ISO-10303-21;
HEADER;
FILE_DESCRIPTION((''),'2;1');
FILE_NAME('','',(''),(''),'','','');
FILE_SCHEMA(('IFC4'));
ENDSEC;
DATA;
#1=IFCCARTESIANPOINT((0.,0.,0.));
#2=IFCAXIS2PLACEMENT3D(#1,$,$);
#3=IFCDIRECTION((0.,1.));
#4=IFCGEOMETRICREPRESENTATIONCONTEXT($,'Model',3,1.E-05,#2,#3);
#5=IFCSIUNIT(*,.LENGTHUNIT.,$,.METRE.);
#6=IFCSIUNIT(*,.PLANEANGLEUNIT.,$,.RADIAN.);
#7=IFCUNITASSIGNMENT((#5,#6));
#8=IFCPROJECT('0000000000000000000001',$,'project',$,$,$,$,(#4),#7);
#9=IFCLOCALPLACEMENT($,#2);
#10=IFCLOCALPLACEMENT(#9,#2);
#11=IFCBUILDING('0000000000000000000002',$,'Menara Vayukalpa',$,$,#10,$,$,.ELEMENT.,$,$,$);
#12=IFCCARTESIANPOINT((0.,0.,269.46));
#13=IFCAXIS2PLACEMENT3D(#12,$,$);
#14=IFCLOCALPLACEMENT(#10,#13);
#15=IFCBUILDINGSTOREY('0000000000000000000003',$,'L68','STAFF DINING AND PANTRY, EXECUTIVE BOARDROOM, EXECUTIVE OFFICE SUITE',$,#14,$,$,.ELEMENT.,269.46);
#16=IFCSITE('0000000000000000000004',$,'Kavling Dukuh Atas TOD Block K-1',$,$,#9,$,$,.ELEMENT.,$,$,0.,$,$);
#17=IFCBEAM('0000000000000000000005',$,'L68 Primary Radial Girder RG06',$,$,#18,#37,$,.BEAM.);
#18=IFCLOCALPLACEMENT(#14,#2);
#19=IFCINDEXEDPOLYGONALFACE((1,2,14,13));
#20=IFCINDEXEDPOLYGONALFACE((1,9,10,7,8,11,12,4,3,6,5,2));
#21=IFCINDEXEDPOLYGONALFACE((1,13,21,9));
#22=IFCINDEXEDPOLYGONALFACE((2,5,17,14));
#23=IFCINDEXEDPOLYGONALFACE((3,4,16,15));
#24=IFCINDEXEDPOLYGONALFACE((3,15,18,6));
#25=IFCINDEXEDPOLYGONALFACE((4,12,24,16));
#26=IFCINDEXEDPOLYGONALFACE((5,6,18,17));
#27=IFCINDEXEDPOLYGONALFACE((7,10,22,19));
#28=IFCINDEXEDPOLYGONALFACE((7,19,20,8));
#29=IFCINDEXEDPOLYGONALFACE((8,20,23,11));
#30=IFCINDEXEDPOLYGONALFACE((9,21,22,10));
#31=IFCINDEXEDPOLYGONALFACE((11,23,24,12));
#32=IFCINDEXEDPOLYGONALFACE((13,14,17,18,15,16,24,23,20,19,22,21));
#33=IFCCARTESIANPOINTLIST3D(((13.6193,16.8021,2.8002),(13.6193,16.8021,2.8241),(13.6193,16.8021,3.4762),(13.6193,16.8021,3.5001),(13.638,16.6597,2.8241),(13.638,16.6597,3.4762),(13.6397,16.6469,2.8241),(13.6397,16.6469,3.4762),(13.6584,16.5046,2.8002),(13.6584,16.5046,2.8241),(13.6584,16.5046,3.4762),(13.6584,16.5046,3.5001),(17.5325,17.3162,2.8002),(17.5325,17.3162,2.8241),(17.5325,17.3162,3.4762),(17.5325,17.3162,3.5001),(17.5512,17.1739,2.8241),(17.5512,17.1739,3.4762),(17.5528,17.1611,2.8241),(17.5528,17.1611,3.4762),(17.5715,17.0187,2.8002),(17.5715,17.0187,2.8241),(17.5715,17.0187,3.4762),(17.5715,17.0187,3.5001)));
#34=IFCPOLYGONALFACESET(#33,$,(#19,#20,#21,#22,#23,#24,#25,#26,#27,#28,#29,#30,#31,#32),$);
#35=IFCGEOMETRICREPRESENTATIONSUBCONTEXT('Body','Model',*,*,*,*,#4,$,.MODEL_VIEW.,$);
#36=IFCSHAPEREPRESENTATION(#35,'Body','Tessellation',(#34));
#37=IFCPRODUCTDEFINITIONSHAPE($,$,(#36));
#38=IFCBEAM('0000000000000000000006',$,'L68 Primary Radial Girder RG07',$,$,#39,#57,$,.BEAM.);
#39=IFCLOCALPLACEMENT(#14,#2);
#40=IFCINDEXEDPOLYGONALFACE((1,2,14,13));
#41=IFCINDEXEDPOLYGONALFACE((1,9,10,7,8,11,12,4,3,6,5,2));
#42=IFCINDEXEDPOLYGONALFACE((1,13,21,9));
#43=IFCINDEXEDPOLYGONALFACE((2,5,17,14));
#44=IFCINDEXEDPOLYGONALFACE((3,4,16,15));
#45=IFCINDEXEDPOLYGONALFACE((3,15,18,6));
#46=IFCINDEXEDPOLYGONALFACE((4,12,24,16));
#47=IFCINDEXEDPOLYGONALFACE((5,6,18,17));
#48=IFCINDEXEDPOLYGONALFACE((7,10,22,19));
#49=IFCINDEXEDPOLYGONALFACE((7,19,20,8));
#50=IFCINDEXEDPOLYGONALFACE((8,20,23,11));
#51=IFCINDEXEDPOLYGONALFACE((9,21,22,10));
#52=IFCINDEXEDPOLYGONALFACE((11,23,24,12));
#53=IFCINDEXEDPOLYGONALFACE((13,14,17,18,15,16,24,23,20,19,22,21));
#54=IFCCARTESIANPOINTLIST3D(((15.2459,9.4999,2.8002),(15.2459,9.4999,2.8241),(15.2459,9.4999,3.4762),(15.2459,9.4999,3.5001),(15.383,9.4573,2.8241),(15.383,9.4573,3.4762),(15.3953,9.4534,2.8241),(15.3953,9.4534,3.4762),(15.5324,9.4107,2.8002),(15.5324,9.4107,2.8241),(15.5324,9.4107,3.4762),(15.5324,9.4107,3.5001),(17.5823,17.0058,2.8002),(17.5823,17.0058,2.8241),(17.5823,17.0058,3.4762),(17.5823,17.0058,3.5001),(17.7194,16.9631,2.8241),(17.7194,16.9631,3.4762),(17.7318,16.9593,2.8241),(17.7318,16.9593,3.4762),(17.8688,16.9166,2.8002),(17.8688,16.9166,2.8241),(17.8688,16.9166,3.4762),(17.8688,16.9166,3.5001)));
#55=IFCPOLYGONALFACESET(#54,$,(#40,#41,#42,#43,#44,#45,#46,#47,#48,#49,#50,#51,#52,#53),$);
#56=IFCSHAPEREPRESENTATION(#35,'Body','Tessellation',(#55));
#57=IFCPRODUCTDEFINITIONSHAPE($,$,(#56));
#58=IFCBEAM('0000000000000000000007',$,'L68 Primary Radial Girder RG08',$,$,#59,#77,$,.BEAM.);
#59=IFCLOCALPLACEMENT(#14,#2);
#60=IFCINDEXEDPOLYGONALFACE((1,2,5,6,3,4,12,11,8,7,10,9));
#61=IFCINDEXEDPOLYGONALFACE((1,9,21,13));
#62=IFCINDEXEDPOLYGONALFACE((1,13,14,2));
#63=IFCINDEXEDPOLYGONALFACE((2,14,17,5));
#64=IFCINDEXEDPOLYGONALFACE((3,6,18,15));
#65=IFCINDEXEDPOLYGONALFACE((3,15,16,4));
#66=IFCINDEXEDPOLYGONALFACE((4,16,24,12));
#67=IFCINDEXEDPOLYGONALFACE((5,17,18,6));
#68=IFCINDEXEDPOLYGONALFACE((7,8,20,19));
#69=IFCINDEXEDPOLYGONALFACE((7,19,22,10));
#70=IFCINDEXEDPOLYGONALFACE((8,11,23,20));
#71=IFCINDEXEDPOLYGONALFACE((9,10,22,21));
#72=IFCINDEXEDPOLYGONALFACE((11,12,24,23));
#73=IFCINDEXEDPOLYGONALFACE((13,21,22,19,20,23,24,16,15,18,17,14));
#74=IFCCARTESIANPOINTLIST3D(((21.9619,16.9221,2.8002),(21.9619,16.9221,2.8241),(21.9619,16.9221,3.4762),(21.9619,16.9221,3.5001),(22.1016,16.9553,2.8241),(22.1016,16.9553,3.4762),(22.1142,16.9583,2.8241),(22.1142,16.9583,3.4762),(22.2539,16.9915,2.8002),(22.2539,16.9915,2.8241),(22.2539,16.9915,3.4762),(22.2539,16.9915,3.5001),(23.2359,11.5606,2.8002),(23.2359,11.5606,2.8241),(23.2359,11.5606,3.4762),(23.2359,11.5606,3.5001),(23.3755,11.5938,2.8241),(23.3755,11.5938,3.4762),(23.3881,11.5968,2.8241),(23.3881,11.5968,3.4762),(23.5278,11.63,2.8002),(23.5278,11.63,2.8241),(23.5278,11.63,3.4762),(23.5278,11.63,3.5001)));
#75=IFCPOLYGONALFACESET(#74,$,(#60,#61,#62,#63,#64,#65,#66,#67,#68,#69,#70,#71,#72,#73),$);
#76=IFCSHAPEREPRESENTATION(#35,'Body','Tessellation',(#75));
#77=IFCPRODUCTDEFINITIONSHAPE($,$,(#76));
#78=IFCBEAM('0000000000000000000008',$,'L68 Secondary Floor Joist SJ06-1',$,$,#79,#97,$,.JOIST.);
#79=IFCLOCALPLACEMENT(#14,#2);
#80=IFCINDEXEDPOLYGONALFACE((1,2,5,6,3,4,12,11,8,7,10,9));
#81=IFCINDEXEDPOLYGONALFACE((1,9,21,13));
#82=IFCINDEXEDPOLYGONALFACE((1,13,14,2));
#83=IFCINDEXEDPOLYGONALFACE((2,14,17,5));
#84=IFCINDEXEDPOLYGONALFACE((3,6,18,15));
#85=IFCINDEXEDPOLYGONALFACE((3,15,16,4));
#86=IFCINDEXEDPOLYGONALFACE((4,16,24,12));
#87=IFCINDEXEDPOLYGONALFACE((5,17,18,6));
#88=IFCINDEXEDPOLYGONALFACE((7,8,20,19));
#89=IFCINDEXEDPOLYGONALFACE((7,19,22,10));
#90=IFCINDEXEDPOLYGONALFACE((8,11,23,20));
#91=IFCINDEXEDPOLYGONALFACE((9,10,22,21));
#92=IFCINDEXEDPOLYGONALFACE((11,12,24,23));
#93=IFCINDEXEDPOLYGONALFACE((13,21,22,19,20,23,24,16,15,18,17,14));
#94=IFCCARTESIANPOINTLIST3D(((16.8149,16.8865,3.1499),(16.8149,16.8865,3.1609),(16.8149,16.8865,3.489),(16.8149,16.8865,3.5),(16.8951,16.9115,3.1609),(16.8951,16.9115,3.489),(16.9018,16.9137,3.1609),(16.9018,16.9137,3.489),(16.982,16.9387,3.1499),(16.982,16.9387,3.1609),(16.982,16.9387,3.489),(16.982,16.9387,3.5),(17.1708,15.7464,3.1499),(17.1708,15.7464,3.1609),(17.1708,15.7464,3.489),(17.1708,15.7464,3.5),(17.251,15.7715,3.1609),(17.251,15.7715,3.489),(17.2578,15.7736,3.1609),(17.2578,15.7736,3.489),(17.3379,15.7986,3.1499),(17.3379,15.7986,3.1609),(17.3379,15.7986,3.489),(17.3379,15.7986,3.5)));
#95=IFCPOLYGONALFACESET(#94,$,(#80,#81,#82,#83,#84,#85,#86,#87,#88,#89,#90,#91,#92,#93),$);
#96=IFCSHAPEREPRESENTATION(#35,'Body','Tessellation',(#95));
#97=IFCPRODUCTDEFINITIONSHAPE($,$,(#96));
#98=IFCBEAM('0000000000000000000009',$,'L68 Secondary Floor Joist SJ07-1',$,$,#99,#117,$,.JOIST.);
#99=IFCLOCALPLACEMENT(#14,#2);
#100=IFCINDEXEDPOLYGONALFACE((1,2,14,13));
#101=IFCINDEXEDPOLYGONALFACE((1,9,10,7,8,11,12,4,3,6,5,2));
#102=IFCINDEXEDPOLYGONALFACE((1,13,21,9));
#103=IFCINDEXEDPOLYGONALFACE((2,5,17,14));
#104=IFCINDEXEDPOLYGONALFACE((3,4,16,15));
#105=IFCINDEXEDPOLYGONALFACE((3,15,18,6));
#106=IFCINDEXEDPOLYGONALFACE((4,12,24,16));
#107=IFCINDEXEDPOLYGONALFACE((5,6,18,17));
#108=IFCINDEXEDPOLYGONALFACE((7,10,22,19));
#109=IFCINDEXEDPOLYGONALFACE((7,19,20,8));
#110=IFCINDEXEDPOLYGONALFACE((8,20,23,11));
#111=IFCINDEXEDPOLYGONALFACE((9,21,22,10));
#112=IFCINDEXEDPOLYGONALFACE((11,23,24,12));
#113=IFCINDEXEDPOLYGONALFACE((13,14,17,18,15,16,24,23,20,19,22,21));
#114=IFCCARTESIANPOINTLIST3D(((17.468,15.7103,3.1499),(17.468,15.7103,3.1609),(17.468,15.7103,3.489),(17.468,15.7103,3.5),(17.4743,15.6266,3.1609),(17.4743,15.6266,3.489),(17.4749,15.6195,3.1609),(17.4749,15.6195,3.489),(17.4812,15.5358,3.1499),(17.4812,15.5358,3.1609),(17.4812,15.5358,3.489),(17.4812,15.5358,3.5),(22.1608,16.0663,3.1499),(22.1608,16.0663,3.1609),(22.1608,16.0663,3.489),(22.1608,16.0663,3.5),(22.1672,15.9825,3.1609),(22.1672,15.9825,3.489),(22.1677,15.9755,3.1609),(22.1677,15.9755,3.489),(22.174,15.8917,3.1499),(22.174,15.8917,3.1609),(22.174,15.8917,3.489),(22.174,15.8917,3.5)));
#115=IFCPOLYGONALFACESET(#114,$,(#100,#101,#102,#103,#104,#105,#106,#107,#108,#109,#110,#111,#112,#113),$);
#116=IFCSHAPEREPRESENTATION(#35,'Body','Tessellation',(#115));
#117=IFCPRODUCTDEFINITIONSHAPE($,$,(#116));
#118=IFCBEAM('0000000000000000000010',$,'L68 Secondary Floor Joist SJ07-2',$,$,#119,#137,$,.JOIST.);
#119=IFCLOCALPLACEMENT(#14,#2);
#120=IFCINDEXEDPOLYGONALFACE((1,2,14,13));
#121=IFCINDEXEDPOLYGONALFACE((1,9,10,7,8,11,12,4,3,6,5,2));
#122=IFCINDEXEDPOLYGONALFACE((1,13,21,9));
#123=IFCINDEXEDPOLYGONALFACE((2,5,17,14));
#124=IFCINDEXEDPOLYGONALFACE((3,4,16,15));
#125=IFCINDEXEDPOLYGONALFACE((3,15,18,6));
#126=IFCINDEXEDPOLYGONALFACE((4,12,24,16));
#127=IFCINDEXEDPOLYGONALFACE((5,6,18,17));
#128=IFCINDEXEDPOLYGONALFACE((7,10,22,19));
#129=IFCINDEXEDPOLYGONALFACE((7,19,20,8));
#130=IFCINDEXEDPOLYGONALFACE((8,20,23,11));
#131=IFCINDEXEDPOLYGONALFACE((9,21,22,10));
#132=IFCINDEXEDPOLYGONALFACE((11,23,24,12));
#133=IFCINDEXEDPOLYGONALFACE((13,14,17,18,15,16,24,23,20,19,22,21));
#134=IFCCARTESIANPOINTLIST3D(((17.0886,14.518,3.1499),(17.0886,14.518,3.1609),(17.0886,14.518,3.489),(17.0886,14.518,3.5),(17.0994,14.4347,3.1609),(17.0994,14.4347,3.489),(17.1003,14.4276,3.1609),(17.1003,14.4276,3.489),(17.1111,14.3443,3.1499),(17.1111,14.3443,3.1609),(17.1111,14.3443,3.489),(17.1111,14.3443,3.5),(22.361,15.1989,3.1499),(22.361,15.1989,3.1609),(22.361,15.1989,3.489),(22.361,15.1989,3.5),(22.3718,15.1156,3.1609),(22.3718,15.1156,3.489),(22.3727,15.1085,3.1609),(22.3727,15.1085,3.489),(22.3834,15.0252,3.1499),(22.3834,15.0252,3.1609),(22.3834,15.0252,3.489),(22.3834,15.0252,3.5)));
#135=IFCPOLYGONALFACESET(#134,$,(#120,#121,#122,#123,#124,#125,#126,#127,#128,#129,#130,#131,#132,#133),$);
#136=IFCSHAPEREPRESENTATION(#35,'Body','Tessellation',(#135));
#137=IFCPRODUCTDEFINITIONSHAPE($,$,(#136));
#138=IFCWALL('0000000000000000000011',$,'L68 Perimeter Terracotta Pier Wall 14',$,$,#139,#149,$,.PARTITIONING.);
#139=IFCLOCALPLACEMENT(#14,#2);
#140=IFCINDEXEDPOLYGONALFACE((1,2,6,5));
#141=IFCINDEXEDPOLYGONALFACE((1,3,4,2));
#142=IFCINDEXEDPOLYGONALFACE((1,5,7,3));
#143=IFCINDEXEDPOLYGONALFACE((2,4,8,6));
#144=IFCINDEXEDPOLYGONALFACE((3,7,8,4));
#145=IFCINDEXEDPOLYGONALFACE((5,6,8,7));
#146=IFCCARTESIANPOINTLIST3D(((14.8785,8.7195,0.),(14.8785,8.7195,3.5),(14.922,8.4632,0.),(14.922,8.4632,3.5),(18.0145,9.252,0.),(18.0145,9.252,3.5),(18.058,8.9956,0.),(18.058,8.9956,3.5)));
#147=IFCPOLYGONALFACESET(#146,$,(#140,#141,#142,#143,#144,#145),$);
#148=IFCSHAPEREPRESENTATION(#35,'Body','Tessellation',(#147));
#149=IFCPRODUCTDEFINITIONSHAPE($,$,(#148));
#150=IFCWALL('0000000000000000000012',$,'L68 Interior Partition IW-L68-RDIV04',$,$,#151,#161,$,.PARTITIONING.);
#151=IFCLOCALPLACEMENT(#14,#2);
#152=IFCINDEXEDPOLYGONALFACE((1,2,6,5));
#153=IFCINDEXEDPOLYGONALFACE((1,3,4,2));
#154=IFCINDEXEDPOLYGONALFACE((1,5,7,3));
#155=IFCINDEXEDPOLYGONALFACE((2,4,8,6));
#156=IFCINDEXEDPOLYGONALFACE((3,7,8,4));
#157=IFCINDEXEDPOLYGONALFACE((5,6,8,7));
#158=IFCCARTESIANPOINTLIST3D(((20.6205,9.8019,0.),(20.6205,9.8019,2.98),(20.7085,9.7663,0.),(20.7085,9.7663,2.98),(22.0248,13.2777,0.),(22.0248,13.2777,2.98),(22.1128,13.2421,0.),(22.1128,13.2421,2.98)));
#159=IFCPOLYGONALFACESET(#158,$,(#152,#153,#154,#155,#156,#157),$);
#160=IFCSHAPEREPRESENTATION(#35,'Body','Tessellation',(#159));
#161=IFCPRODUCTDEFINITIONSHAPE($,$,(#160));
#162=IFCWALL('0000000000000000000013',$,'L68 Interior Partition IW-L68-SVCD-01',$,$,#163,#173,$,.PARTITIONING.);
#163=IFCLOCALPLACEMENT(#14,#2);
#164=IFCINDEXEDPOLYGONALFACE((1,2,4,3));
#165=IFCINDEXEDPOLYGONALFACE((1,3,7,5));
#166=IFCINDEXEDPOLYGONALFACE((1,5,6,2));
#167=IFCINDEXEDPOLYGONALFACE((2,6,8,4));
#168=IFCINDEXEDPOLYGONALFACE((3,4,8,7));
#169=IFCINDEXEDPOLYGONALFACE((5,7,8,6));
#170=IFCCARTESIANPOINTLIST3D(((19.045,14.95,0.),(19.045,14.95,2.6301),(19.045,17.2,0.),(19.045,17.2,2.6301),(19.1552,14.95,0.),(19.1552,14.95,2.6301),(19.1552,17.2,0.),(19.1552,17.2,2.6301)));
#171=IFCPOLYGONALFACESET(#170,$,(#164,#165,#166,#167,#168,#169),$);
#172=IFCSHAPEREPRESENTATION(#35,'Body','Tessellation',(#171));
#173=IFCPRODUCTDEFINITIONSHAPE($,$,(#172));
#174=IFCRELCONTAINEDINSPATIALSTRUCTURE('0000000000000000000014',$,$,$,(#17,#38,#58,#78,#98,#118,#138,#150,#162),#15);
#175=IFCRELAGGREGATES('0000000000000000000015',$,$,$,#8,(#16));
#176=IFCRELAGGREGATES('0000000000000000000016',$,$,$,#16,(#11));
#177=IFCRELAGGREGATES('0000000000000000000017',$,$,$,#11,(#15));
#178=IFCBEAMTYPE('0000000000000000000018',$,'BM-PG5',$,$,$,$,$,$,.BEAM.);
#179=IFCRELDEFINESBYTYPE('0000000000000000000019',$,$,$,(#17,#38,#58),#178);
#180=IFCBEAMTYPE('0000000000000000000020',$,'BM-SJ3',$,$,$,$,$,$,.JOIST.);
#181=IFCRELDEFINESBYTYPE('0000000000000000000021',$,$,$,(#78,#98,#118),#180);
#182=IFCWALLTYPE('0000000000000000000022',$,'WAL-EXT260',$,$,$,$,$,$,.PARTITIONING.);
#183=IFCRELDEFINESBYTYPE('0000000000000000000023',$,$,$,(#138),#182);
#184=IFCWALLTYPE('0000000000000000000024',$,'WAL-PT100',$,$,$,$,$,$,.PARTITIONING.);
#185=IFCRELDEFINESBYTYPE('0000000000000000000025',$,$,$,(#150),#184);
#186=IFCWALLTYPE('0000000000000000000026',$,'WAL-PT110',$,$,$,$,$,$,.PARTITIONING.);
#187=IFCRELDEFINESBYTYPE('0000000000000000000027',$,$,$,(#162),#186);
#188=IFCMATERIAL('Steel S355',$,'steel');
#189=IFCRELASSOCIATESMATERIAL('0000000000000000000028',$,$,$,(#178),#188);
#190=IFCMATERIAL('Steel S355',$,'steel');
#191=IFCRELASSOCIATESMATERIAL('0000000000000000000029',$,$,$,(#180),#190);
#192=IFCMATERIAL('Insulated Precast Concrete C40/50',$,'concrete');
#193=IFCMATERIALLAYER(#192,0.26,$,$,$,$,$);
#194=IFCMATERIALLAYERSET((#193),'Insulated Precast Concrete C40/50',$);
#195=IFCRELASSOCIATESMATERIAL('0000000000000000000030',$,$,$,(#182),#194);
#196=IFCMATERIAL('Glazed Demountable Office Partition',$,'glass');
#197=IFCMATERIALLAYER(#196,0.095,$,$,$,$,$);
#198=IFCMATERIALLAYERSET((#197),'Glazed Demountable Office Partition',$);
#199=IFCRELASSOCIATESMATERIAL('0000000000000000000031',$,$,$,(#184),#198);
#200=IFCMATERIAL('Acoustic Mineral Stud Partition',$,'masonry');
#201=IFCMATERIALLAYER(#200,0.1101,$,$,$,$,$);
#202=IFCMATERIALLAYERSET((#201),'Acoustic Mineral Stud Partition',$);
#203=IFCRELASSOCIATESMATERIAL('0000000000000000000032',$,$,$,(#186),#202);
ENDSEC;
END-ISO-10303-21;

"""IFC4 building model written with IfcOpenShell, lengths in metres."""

from ifc_helpers import new_model, si_unit, direction, frame, frame_2d, origin, origin_2d, place, context, subcontext, project, spatial, rectangle, i_section, extrude, material, layer, layer_set, material_profile, profile_set, type_object, element, save


model = new_model("IFC4")

# Units and contexts
model_context = context("Model", 3, precision=1e-05, world=origin(), true_north=direction((0.0, 1.0)))
body_context = subcontext(model_context, "Body", "Model", "MODEL_VIEW")
ifc_project = project(units=[si_unit("LENGTHUNIT", "METRE"), si_unit("PLANEANGLEUNIT", "RADIAN")], contexts=[model_context])

# Site, building, storey
site_placement = place(None, origin())
site = spatial("IfcSite", under=ifc_project, at=site_placement, Name="Kavling Dukuh Atas TOD Block K-1", CompositionType="ELEMENT", RefElevation=0.0)
building_placement = place(site_placement, origin())
building = spatial("IfcBuilding", under=site, at=building_placement, Name="Menara Vayukalpa", CompositionType="ELEMENT")
storey_placement = place(building_placement, frame((0.0, 0.0, 269.46)))
storey = spatial("IfcBuildingStorey", under=building, at=storey_placement, Name="L68", Description="STAFF DINING AND PANTRY, EXECUTIVE BOARDROOM, EXECUTIVE OFFICE SUITE", CompositionType="ELEMENT", Elevation=269.46)

# Beams
ifc_material_1 = material(Name="Steel S355", Category="steel")
ifc_material_profile_1 = material_profile(ifc_material_1, i_section(OverallWidth=0.3, OverallDepth=0.7, WebThickness=0.0129, FlangeThickness=0.0239, at=origin_2d()), Name="WF 700x300x13x24")
ifc_profile_set_1 = profile_set([ifc_material_profile_1], Name="Steel S355")
beam_type_1 = type_object("IfcBeamType", Name="BM-PG5", PredefinedType="BEAM", material=ifc_profile_set_1)
beam_1_placement = place(storey_placement, frame((17.552, 17.1675, 3.1501), z_axis=(-0.991478, -0.130275, 0.0), x_axis=(0.130275, -0.991478, 0.0)))
element("IfcBeam", 1, at=beam_1_placement, inside=storey, type_object=beam_type_1, Name="L68 Primary Radial Girder RG06", PredefinedType="BEAM", context=body_context, shape_type="SweptSolid", body=[
    extrude(i_section(OverallWidth=0.3, OverallDepth=0.7, WebThickness=0.0129, FlangeThickness=0.0239, at=origin_2d()), origin(), (0.0, 0.0, 1.0), 3.9468),
])
beam_2_placement = place(storey_placement, frame((17.7256, 16.9612, 3.1501), z_axis=(-0.297214, -0.954811, 0.0), x_axis=(0.954811, -0.297214, 0.0)))
element("IfcBeam", 2, at=beam_2_placement, inside=storey, type_object=beam_type_1, Name="L68 Primary Radial Girder RG07", PredefinedType="BEAM", context=body_context, shape_type="SweptSolid", body=[
    extrude(i_section(OverallWidth=0.3, OverallDepth=0.7, WebThickness=0.0129, FlangeThickness=0.0239, at=origin_2d()), origin(), (0.0, 0.0, 1.0), 7.8611),
])
beam_3_placement = place(storey_placement, frame((22.1079, 16.9568, 3.1501), z_axis=(0.231167, -0.972914, 0.0), x_axis=(0.972914, 0.231167, 0.0)))
element("IfcBeam", 3, at=beam_3_placement, inside=storey, type_object=beam_type_1, Name="L68 Primary Radial Girder RG08", PredefinedType="BEAM", context=body_context, shape_type="SweptSolid", body=[
    extrude(i_section(OverallWidth=0.3, OverallDepth=0.7, WebThickness=0.0129, FlangeThickness=0.0239, at=origin_2d()), origin(), (0.0, 0.0, 1.0), 5.5107),
])
ifc_material_2 = material(Name="Steel S355", Category="steel")
ifc_material_profile_2 = material_profile(ifc_material_2, i_section(OverallWidth=0.175, OverallDepth=0.3501, WebThickness=0.0071, FlangeThickness=0.011, at=origin_2d()), Name="WF 350x175x7x11")
ifc_profile_set_2 = profile_set([ifc_material_profile_2], Name="Steel S355")
beam_type_2 = type_object("IfcBeamType", Name="BM-SJ3", PredefinedType="JOIST", material=ifc_profile_set_2)
beam_4_placement = place(storey_placement, frame((16.8984, 16.9126, 3.325), z_axis=(0.298019, -0.95456, 0.0), x_axis=(0.95456, 0.298019, 0.0)))
element("IfcBeam", 4, at=beam_4_placement, inside=storey, type_object=beam_type_2, Name="L68 Secondary Floor Joist SJ06-1", PredefinedType="JOIST", context=body_context, shape_type="SweptSolid", body=[
    extrude(i_section(OverallWidth=0.175, OverallDepth=0.3501, WebThickness=0.0071, FlangeThickness=0.011, at=origin_2d()), origin(), (0.0, 0.0, 1.0), 1.1943),
])
beam_5_placement = place(storey_placement, frame((17.4746, 15.623, 3.325), z_axis=(0.997136, 0.075633, 0.0), x_axis=(-0.075633, 0.997136, 0.0)))
element("IfcBeam", 5, at=beam_5_placement, inside=storey, type_object=beam_type_2, Name="L68 Secondary Floor Joist SJ07-1", PredefinedType="JOIST", context=body_context, shape_type="SweptSolid", body=[
    extrude(i_section(OverallWidth=0.175, OverallDepth=0.3501, WebThickness=0.0071, FlangeThickness=0.011, at=origin_2d()), origin(), (0.0, 0.0, 1.0), 4.7063),
])
beam_6_placement = place(storey_placement, frame((17.0999, 14.4312, 3.325), z_axis=(0.991764, 0.128081, 0.0), x_axis=(-0.128081, 0.991764, 0.0)))
element("IfcBeam", 6, at=beam_6_placement, inside=storey, type_object=beam_type_2, Name="L68 Secondary Floor Joist SJ07-2", PredefinedType="JOIST", context=body_context, shape_type="SweptSolid", body=[
    extrude(i_section(OverallWidth=0.175, OverallDepth=0.3501, WebThickness=0.0071, FlangeThickness=0.011, at=origin_2d()), origin(), (0.0, 0.0, 1.0), 5.3162),
])

# Walls
ifc_material_3 = material(Name="Insulated Precast Concrete C40/50", Category="concrete")
ifc_layer_1 = layer(ifc_material_3, 0.26)
ifc_layer_set_1 = layer_set([ifc_layer_1], Name="Insulated Precast Concrete C40/50")
wall_type_1 = type_object("IfcWallType", Name="WAL-EXT260", PredefinedType="PARTITIONING", material=ifc_layer_set_1)
wall_1_placement = place(storey_placement, frame((18.0361, 9.1238, 0.0), z_axis=(0.0, 0.0, 1.0), x_axis=(-0.985889, -0.167398, 0.0)))
element("IfcWall", 7, at=wall_1_placement, inside=storey, type_object=wall_type_1, Name="L68 Perimeter Terracotta Pier Wall 14", PredefinedType="PARTITIONING", context=body_context, shape_type="SweptSolid", body=[
    extrude(rectangle(XDim=3.1809, YDim=0.26, at=frame_2d((1.5903, 0.0))), origin(), (0.0, 0.0, 1.0), 3.5),
])
ifc_material_4 = material(Name="Glazed Demountable Office Partition", Category="glass")
ifc_layer_2 = layer(ifc_material_4, 0.095)
ifc_layer_set_2 = layer_set([ifc_layer_2], Name="Glazed Demountable Office Partition")
wall_type_2 = type_object("IfcWallType", Name="WAL-PT100", PredefinedType="PARTITIONING", material=ifc_layer_set_2)
wall_2_placement = place(storey_placement, frame((22.0688, 13.26, 0.0), z_axis=(0.0, 0.0, 1.0), x_axis=(-0.3746, -0.927187, 0.0)))
element("IfcWall", 8, at=wall_2_placement, inside=storey, type_object=wall_type_2, Name="L68 Interior Partition IW-L68-RDIV04", PredefinedType="PARTITIONING", context=body_context, shape_type="SweptSolid", body=[
    extrude(rectangle(XDim=3.7488, YDim=0.095, at=frame_2d((1.8745, 0.0))), origin(), (0.0, 0.0, 1.0), 2.98),
])
ifc_material_5 = material(Name="Acoustic Mineral Stud Partition", Category="masonry")
ifc_layer_3 = layer(ifc_material_5, 0.1101)
ifc_layer_set_3 = layer_set([ifc_layer_3], Name="Acoustic Mineral Stud Partition")
wall_type_3 = type_object("IfcWallType", Name="WAL-PT110", PredefinedType="PARTITIONING", material=ifc_layer_set_3)
wall_3_placement = place(storey_placement, frame((19.1001, 14.95, 0.0), z_axis=(0.0, 0.0, 1.0), x_axis=(0.0, 1.0, 0.0)))
element("IfcWall", 9, at=wall_3_placement, inside=storey, type_object=wall_type_3, Name="L68 Interior Partition IW-L68-SVCD-01", PredefinedType="PARTITIONING", context=body_context, shape_type="SweptSolid", body=[
    extrude(rectangle(XDim=2.25, YDim=0.1101, at=frame_2d((1.125, 0.0))), origin(), (0.0, 0.0, 1.0), 2.6301),
])

save(model, "model.ifc")
